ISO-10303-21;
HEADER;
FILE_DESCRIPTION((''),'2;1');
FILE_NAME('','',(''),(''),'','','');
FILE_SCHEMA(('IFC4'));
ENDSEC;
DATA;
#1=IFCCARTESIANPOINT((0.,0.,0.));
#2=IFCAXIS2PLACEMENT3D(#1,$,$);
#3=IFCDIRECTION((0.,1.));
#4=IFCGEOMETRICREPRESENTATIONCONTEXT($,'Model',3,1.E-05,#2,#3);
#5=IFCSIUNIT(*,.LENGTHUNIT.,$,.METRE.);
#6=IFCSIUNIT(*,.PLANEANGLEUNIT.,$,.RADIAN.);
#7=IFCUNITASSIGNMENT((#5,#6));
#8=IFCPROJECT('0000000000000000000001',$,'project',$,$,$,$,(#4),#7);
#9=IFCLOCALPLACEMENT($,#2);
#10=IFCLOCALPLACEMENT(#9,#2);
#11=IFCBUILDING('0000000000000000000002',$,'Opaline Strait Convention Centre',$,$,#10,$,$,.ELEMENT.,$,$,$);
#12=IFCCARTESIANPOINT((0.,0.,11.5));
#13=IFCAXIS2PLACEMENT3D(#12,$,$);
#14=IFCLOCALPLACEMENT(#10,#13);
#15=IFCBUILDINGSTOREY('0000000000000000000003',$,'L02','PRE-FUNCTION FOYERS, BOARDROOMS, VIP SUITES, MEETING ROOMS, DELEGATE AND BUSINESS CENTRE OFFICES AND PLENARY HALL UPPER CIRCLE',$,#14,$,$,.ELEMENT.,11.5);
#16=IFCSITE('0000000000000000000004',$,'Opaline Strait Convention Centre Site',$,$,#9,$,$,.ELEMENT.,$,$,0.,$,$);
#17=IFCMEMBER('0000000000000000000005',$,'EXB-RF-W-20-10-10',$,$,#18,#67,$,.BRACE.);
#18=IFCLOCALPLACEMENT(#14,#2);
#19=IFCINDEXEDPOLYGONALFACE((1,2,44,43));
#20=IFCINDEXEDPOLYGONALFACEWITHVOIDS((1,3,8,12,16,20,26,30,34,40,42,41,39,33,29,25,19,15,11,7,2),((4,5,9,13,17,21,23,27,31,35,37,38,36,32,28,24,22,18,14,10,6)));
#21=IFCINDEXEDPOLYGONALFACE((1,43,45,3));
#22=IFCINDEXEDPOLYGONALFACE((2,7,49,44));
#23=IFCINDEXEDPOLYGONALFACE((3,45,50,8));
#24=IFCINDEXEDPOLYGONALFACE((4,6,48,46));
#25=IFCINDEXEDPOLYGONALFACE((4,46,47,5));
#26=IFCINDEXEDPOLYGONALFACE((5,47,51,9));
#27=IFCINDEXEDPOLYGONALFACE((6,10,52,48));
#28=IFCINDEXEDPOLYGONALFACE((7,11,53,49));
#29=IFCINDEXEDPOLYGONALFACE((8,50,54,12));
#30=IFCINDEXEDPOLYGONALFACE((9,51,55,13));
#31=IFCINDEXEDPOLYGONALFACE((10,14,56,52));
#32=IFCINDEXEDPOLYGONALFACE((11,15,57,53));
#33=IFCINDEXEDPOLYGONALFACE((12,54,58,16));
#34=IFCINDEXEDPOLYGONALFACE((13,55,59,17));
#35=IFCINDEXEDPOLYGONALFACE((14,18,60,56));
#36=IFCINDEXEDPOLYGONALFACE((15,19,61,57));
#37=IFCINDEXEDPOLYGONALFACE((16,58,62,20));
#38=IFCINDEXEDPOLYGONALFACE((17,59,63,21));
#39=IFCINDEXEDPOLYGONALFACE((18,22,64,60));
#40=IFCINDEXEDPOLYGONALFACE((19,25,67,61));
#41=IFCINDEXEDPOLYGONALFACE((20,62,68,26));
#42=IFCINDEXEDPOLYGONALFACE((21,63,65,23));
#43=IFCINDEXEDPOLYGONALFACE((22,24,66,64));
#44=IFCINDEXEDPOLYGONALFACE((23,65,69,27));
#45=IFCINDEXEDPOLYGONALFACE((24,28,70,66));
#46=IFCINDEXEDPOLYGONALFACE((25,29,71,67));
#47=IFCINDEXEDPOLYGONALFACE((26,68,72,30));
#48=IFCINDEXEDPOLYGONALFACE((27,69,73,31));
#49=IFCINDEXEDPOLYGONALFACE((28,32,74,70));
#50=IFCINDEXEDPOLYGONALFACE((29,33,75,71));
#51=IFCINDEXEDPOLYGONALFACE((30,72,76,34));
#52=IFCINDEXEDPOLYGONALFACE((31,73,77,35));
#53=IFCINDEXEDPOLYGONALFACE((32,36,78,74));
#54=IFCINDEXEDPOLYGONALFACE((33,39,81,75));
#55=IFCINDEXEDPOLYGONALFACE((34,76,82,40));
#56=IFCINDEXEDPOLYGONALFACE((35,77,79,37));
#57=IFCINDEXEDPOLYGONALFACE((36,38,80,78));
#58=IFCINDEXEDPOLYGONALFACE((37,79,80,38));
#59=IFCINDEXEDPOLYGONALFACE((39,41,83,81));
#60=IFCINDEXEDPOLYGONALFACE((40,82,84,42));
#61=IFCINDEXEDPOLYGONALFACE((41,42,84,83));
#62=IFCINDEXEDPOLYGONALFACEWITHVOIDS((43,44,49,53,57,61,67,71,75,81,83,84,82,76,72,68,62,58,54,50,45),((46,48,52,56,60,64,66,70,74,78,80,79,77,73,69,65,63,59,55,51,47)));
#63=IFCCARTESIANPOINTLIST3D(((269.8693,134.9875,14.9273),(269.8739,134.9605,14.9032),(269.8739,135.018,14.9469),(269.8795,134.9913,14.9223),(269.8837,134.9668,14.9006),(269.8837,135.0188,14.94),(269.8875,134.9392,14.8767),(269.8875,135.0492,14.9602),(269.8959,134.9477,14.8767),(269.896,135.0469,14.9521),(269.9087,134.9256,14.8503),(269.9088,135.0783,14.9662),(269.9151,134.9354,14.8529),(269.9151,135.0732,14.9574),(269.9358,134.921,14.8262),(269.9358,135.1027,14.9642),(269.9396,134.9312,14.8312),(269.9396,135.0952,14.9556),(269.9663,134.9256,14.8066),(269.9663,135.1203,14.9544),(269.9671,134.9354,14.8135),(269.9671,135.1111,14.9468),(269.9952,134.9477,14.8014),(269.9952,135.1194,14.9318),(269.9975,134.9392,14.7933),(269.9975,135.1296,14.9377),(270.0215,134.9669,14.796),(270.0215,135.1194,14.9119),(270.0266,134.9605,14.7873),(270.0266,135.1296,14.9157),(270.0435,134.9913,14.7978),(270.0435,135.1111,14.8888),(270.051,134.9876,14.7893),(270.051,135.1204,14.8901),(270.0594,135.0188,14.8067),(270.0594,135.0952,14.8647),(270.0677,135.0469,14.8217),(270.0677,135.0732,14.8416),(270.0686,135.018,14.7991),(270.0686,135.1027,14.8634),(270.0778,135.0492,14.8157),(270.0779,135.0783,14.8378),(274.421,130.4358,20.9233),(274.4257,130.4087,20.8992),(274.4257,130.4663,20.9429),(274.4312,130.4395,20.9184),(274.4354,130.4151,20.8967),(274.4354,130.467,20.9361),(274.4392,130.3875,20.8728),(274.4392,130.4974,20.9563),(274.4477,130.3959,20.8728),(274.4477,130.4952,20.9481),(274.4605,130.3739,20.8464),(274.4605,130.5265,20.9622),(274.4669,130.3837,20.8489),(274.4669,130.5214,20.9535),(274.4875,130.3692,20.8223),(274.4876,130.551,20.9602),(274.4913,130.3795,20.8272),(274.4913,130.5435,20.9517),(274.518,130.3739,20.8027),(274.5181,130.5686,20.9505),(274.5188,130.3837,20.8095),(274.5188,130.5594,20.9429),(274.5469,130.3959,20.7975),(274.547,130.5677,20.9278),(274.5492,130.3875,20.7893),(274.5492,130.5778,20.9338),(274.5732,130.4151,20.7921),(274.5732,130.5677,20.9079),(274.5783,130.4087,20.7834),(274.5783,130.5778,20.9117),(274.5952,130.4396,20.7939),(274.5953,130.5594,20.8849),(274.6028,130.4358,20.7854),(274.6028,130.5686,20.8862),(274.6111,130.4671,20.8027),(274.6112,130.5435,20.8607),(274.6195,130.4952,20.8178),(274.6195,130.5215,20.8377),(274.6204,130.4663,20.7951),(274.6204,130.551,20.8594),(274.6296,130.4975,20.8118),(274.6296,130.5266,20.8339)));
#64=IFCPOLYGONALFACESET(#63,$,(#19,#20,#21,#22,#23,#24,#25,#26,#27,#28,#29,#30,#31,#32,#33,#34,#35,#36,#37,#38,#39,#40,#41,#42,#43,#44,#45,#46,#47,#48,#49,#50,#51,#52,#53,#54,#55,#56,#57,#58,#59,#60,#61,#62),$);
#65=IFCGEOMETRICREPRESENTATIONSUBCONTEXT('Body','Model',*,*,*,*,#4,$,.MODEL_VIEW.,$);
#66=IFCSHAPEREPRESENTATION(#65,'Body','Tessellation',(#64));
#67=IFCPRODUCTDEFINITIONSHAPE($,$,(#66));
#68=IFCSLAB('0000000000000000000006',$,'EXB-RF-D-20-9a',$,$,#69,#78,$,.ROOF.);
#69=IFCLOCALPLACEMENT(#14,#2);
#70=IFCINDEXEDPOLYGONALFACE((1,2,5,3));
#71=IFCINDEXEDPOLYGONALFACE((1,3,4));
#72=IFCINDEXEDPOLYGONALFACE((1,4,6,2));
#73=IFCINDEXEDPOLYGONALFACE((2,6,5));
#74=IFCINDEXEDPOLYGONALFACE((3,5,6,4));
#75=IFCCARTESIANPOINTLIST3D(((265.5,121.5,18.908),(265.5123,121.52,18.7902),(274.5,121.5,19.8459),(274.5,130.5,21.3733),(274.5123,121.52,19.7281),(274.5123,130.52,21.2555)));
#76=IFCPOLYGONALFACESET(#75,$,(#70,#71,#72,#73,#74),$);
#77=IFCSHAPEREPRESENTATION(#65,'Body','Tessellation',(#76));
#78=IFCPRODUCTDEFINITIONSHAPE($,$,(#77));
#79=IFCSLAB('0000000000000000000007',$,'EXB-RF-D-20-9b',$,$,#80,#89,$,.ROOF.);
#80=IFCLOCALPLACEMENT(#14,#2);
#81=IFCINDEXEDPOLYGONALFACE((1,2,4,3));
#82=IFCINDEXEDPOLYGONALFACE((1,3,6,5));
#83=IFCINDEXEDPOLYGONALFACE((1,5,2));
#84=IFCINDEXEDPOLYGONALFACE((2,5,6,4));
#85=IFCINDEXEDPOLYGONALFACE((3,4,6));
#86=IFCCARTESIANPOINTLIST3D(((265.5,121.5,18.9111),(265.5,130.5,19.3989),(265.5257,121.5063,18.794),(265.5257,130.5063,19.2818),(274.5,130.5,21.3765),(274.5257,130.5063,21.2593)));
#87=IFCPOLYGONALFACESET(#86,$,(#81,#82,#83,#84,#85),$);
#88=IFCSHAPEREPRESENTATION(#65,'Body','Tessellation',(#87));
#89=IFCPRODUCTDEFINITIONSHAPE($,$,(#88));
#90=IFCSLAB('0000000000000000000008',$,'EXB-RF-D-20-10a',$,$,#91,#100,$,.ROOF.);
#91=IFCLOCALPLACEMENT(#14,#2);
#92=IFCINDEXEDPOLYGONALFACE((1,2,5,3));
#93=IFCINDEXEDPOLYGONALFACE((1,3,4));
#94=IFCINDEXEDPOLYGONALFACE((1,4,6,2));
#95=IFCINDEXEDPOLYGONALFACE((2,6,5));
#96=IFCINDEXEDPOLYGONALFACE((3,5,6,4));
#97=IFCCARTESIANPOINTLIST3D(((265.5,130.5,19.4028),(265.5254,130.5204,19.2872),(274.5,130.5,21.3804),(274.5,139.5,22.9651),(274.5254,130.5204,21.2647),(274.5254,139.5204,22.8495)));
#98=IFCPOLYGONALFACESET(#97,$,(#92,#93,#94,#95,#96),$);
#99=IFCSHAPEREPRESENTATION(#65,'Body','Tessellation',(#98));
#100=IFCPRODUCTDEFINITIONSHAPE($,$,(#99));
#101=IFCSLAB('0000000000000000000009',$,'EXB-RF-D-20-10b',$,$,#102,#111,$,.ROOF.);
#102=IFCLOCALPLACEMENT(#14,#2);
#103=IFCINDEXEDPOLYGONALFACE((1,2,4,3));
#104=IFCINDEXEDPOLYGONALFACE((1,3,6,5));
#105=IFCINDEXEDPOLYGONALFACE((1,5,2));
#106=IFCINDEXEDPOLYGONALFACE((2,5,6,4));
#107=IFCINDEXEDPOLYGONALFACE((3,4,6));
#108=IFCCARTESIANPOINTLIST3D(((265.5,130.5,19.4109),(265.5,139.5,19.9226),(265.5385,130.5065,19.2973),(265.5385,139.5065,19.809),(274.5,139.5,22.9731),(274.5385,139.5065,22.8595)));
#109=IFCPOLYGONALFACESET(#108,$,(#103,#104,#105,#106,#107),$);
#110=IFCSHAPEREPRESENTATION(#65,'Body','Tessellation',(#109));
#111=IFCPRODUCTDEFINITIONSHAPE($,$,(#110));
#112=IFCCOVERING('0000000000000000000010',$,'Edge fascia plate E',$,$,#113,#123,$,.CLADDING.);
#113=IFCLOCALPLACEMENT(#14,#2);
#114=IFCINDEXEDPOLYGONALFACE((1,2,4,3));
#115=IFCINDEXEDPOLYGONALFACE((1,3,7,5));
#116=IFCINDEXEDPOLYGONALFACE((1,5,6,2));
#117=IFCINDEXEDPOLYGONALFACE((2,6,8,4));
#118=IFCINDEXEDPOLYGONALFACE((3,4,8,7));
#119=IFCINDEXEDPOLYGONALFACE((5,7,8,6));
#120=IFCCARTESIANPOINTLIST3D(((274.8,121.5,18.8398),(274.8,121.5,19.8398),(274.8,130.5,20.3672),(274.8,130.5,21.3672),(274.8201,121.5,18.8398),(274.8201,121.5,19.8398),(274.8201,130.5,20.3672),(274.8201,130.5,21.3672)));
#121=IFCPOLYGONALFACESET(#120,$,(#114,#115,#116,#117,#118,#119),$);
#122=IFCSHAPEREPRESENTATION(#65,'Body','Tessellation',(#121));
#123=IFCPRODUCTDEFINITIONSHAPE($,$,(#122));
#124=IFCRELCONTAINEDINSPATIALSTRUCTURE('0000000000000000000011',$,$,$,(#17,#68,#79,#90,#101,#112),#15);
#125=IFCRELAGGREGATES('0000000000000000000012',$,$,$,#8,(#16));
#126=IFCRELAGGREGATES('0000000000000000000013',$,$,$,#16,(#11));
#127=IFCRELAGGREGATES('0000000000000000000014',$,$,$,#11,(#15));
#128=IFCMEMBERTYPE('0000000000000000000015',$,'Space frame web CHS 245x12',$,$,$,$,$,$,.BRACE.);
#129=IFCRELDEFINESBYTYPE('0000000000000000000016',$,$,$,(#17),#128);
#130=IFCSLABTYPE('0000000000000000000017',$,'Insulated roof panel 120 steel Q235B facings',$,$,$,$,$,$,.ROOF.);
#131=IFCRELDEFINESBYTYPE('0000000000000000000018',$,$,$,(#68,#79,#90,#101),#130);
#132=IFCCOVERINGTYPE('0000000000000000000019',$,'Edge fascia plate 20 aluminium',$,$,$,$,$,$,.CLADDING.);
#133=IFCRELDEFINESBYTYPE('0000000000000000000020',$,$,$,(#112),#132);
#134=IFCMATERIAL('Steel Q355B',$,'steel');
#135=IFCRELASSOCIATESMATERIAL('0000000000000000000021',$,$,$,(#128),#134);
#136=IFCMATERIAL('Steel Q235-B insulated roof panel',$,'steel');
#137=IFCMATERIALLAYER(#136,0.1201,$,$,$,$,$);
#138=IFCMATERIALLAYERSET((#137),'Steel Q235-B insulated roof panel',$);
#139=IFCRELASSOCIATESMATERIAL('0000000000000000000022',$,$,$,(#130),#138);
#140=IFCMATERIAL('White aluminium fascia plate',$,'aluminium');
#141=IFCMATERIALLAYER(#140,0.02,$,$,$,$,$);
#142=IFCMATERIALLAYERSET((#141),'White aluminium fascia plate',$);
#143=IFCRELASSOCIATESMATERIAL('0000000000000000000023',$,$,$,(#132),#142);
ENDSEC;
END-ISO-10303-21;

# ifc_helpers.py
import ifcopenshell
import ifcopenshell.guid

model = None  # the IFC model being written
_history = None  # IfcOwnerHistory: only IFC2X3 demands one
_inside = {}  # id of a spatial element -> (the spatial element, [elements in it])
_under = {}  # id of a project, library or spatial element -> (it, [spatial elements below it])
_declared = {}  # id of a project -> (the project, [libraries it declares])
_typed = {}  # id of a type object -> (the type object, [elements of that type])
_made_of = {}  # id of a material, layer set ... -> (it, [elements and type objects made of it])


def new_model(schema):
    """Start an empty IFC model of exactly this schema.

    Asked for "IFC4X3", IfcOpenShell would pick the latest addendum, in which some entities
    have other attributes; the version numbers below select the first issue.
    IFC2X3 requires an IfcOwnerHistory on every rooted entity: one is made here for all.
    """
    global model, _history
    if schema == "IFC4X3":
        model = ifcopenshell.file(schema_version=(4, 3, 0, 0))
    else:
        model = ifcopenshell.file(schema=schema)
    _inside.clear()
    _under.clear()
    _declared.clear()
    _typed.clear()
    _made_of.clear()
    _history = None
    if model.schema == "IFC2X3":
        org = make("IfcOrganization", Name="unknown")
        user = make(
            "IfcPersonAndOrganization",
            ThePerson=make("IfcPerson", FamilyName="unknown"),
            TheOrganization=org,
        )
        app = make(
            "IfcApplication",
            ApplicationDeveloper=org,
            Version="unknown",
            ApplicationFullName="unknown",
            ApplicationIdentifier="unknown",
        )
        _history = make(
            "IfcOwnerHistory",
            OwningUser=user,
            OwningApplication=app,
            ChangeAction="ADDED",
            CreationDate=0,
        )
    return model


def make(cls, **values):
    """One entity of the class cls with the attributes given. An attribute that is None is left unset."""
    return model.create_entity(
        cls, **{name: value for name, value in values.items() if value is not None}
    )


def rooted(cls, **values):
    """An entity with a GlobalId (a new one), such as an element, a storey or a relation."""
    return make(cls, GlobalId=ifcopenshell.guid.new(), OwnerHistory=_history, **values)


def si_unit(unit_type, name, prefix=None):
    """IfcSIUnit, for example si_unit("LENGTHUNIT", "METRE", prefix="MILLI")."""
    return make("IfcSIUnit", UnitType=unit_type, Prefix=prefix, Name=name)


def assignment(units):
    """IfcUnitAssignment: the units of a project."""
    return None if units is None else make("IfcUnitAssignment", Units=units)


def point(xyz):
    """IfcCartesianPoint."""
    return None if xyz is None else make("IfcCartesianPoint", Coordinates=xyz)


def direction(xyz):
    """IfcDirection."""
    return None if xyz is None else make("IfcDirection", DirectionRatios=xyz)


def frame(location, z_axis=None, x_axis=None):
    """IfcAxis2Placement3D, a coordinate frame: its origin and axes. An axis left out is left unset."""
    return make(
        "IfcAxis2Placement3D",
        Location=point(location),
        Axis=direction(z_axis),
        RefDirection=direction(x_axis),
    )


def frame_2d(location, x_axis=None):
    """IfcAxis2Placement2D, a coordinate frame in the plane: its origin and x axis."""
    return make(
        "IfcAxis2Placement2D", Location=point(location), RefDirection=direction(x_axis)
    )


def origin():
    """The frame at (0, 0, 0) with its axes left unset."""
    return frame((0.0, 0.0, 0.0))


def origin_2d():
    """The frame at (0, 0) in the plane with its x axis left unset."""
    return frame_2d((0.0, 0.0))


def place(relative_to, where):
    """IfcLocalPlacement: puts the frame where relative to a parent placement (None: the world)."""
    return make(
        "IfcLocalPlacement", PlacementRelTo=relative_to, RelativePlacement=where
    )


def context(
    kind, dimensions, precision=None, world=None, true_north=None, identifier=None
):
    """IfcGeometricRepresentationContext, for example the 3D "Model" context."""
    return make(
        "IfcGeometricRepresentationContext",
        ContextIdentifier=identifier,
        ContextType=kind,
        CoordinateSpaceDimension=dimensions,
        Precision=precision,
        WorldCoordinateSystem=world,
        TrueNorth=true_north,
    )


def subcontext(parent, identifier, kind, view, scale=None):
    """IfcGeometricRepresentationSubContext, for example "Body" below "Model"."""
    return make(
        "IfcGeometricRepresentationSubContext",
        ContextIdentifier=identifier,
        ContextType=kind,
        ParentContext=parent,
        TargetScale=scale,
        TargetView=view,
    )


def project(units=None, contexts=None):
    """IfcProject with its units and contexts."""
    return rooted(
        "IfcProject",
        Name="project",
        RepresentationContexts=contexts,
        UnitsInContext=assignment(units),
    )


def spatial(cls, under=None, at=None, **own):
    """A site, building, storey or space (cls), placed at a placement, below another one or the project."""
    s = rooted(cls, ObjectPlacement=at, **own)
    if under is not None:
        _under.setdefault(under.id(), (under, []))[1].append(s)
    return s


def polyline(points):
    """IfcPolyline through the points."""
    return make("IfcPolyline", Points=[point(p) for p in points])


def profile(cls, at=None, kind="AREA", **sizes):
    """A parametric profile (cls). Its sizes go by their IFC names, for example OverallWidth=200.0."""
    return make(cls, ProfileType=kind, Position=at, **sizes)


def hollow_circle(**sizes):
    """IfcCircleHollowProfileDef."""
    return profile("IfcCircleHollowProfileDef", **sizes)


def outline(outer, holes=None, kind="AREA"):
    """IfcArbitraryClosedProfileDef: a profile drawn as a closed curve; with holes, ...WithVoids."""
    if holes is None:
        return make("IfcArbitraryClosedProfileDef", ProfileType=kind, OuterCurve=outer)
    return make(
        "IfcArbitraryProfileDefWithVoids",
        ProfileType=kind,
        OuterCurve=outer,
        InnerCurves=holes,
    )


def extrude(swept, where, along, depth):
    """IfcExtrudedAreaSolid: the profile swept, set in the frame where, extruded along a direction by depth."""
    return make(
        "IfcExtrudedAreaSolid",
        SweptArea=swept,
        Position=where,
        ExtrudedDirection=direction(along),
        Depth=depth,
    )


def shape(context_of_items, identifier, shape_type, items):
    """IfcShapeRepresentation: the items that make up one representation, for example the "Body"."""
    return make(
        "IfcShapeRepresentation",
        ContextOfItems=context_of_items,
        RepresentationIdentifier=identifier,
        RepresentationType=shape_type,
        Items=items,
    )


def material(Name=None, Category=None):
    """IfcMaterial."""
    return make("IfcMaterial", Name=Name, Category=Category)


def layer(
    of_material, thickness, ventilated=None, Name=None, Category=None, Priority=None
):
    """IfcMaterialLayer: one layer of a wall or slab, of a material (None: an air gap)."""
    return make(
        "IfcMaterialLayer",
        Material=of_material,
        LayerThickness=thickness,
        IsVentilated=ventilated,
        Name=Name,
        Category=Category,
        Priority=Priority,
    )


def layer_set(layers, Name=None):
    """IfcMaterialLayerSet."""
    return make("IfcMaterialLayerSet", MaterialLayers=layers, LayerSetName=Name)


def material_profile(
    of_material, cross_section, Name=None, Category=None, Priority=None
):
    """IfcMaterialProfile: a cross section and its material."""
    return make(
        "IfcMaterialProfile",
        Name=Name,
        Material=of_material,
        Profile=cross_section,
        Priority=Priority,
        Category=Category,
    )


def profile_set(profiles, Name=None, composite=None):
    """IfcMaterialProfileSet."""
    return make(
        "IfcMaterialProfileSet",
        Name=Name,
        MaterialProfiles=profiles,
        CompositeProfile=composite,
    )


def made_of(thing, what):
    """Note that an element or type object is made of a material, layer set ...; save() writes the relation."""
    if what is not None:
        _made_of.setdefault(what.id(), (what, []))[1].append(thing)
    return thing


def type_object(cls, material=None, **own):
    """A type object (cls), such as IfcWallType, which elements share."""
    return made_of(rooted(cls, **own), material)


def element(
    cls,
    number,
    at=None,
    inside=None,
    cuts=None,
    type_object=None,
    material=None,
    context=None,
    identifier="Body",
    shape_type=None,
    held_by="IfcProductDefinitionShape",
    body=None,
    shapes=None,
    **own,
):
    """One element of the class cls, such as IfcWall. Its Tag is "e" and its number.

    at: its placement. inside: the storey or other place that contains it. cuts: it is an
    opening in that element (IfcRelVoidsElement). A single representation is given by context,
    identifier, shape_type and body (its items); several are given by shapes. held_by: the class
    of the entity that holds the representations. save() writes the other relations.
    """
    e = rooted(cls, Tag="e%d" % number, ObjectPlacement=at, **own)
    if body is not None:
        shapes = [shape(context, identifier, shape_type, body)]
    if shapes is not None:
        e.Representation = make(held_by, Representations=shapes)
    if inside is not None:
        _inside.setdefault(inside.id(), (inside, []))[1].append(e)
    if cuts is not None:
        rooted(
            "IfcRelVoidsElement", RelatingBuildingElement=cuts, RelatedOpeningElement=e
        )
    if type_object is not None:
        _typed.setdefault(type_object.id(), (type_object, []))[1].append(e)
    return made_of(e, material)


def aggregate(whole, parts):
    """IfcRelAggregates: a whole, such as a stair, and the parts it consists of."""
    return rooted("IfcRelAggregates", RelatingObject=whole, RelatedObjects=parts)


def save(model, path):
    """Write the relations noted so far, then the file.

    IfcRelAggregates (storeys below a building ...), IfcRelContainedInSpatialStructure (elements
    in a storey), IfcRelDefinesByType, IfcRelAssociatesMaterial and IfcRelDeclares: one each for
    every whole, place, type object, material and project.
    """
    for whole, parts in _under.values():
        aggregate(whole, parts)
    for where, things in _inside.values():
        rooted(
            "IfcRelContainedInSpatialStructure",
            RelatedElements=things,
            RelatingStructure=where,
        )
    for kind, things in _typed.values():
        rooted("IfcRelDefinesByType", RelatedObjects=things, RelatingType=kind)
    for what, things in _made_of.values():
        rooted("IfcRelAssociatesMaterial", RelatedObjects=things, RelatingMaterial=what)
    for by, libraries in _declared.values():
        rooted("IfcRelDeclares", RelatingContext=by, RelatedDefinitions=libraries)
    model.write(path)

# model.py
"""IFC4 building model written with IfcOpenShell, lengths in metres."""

from ifc_helpers import new_model, si_unit, direction, frame, origin, origin_2d, place, context, subcontext, project, spatial, polyline, hollow_circle, outline, extrude, material, layer, layer_set, material_profile, profile_set, type_object, element, save


model = new_model("IFC4")

# Units and contexts
model_context = context("Model", 3, precision=1e-05, world=origin(), true_north=direction((0.0, 1.0)))
body_context = subcontext(model_context, "Body", "Model", "MODEL_VIEW")
ifc_project = project(units=[si_unit("LENGTHUNIT", "METRE"), si_unit("PLANEANGLEUNIT", "RADIAN")], contexts=[model_context])

# Site, building, storey
site_placement = place(None, origin())
site = spatial("IfcSite", under=ifc_project, at=site_placement, Name="Opaline Strait Convention Centre Site", CompositionType="ELEMENT", RefElevation=0.0)
building_placement = place(site_placement, origin())
building = spatial("IfcBuilding", under=site, at=building_placement, Name="Opaline Strait Convention Centre", CompositionType="ELEMENT")
storey_placement = place(building_placement, frame((0.0, 0.0, 11.5)))
storey = spatial("IfcBuildingStorey", under=building, at=storey_placement, Name="L02", Description="PRE-FUNCTION FOYERS, BOARDROOMS, VIP SUITES, MEETING ROOMS, DELEGATE AND BUSINESS CENTRE OFFICES AND PLENARY HALL UPPER CIRCLE", CompositionType="ELEMENT", Elevation=11.5)

# Member
ifc_material_1 = material(Name="Steel Q355B", Category="steel")
ifc_material_profile_1 = material_profile(ifc_material_1, hollow_circle(Radius=0.1226, WallThickness=0.012, at=origin_2d()), Name="CHS 245x12")
ifc_profile_set_1 = profile_set([ifc_material_profile_1], Name="Steel Q355B")
member_type_1 = type_object("IfcMemberType", Name="Space frame web CHS 245x12", PredefinedType="BRACE", material=ifc_profile_set_1)
member_1_placement = place(storey_placement, frame((274.5259, 130.4741, 20.8728), z_axis=(-0.517412, 0.517412, -0.681594), x_axis=(-0.707107, -0.707107, 0.0)))
element("IfcMember", 1, at=member_1_placement, inside=storey, type_object=member_type_1, Name="EXB-RF-W-20-10-10", PredefinedType="BRACE", context=body_context, shape_type="SweptSolid", body=[
    extrude(hollow_circle(Radius=0.1226, WallThickness=0.012, at=origin_2d()), origin(), (0.0, 0.0, 1.0), 8.7971),
])

# Slabs
ifc_material_2 = material(Name="Steel Q235-B insulated roof panel", Category="steel")
ifc_layer_1 = layer(ifc_material_2, 0.1201)
ifc_layer_set_1 = layer_set([ifc_layer_1], Name="Steel Q235-B insulated roof panel")
slab_type = type_object("IfcSlabType", Name="Insulated roof panel 120 steel Q235B facings", PredefinedType="ROOF", material=ifc_layer_set_1)
slab_1_placement = place(storey_placement, frame((265.5, 121.5, 18.908), z_axis=(-0.102214, -0.166436, 0.98074), x_axis=(0.994613, 0.0, 0.103659)))
element("IfcSlab", 2, at=slab_1_placement, inside=storey, type_object=slab_type, Name="EXB-RF-D-20-9a", PredefinedType="ROOF", context=body_context, shape_type="SweptSolid", body=[
    extrude(outline(polyline([(0.0, 0.0), (9.0487, 0.0), (9.2071, 9.1273), (0.0, 0.0)])), origin(), (0.0, 0.0, -1.0), 0.1201),
])
slab_2_placement = place(storey_placement, frame((265.5, 121.5, 18.9111), z_axis=(-0.214307, -0.052862, 0.975335), x_axis=(0.694204, 0.694204, 0.19016)))
element("IfcSlab", 3, at=slab_2_placement, inside=storey, type_object=slab_type, Name="EXB-RF-D-20-9b", PredefinedType="ROOF", context=body_context, shape_type="SweptSolid", body=[
    extrude(outline(polyline([(0.0, 0.0), (12.9645, 0.0), (6.3406, 6.4058), (0.0, 0.0)])), origin(), (0.0, 0.0, -1.0), 0.1201),
])
slab_3_placement = place(storey_placement, frame((265.5, 130.5, 19.4028), z_axis=(-0.211502, -0.169489, 0.96257), x_axis=(0.9767, 0.0, 0.214607)))
element("IfcSlab", 4, at=slab_3_placement, inside=storey, type_object=slab_type, Name="EXB-RF-D-20-10a", PredefinedType="ROOF", context=body_context, shape_type="SweptSolid", body=[
    extrude(outline(polyline([(0.0, 0.0), (9.2147, 0.0), (9.5548, 9.1321), (0.0, 0.0)])), origin(), (0.0, 0.0, -1.0), 0.1201),
])
slab_4_placement = place(storey_placement, frame((265.5, 130.5, 19.4109), z_axis=(-0.320546, -0.053771, 0.945706), x_axis=(0.68094, 0.68094, 0.26952)))
element("IfcSlab", 5, at=slab_4_placement, inside=storey, type_object=slab_type, Name="EXB-RF-D-20-10b", PredefinedType="ROOF", context=body_context, shape_type="SweptSolid", body=[
    extrude(outline(polyline([(0.0, 0.0), (13.217, 0.0), (6.2664, 6.4803), (0.0, 0.0)])), origin(), (0.0, 0.0, -1.0), 0.1201),
])

# Covering
ifc_material_3 = material(Name="White aluminium fascia plate", Category="aluminium")
ifc_layer_2 = layer(ifc_material_3, 0.02)
ifc_layer_set_2 = layer_set([ifc_layer_2], Name="White aluminium fascia plate")
covering_type = type_object("IfcCoveringType", Name="Edge fascia plate 20 aluminium", PredefinedType="CLADDING", material=ifc_layer_set_2)
covering_placement = place(storey_placement, frame((274.8, 126.0, 20.1035), z_axis=(1.0, 0.0, 0.0), x_axis=(0.0, 1.0, 0.0)))
element("IfcCovering", 6, at=covering_placement, inside=storey, type_object=covering_type, Name="Edge fascia plate E", PredefinedType="CLADDING", context=body_context, shape_type="SweptSolid", body=[
    extrude(outline(polyline([(-4.5, -0.2637), (4.5, 1.2637), (4.5, 0.2637), (-4.5, -1.2637), (-4.5, -0.2637)])), origin(), (0.0, 0.0, 1.0), 0.02),
])

save(model, "model.ifc")
